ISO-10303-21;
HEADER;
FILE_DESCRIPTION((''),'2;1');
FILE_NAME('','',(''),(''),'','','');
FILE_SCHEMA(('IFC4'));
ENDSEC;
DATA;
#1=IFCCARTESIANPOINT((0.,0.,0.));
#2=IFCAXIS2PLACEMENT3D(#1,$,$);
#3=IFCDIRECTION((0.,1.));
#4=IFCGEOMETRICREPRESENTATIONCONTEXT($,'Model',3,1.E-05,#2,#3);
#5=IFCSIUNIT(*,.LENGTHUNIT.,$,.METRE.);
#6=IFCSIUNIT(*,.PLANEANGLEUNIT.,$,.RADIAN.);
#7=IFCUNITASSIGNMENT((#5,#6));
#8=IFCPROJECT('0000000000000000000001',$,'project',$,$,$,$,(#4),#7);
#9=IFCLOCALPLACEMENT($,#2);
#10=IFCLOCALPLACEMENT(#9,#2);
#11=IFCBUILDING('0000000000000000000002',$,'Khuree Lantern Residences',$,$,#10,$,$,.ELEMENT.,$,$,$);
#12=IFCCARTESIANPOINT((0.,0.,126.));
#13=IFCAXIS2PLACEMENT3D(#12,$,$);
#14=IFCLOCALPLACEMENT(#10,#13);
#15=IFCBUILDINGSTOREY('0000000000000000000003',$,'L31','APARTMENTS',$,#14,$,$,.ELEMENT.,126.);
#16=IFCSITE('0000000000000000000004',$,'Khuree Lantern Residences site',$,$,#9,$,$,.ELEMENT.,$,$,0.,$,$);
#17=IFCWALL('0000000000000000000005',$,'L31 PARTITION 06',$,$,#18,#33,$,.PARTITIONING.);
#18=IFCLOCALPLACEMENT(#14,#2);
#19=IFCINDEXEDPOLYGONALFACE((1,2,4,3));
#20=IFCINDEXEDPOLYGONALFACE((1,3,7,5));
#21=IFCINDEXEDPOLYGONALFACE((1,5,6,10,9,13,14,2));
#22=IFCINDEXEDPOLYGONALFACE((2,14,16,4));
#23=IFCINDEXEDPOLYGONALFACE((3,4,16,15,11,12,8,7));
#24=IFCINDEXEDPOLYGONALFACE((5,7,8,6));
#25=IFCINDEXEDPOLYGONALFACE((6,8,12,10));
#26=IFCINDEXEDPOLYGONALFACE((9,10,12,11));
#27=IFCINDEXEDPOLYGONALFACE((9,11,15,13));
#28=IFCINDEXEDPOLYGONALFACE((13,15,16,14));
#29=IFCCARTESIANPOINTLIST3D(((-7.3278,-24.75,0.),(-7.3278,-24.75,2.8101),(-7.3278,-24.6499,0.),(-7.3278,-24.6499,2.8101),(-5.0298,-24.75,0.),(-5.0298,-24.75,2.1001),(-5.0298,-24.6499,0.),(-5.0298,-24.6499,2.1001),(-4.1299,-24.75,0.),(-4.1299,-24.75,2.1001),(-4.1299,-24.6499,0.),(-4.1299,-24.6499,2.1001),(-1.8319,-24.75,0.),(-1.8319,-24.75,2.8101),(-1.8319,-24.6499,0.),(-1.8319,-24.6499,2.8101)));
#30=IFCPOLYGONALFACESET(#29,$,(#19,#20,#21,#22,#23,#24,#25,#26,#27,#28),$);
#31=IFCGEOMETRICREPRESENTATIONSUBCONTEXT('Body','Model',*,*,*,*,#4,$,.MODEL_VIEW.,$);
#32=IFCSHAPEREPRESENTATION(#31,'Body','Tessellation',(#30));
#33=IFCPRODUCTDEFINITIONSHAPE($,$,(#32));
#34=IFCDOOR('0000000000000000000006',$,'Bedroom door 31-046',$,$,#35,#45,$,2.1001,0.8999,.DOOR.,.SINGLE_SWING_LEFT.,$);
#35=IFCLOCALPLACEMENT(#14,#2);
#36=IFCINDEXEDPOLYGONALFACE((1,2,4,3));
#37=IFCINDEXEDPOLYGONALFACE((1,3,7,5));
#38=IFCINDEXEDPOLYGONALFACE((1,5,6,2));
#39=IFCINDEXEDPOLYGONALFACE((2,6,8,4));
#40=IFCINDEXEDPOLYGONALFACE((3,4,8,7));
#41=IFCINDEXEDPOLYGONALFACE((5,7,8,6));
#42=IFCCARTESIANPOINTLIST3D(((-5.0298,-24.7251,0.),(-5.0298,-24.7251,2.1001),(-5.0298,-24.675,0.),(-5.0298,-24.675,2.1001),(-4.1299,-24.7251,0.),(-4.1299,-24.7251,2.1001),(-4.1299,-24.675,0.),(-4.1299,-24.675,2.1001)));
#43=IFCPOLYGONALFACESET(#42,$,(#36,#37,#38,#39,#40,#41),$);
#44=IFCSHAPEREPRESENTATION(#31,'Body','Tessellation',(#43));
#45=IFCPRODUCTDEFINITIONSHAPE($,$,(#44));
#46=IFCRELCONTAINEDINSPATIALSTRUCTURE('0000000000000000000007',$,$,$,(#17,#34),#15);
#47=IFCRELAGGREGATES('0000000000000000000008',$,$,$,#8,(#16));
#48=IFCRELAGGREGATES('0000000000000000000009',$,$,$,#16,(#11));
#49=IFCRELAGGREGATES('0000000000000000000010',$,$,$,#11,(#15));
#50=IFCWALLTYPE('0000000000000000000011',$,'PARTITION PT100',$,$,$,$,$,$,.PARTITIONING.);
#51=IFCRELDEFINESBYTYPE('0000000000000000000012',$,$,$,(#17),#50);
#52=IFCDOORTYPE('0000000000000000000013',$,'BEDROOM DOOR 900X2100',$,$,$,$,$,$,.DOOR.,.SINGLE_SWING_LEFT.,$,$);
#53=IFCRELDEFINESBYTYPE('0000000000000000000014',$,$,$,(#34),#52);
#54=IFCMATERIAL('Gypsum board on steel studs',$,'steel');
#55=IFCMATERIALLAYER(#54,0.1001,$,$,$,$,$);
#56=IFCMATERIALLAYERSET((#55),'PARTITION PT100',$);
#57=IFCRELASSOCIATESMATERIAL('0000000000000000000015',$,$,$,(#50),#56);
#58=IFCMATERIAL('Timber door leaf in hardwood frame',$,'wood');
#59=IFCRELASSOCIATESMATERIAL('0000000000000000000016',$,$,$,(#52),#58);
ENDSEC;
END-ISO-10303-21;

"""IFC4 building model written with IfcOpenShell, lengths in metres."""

from ifc_helpers import new_model, si_unit, direction, frame, frame_2d, origin, place, context, subcontext, project, spatial, rectangle, extrude, material, layer, layer_set, type_object, element, fill, save


model = new_model("IFC4")

# Units and contexts
model_context = context("Model", 3, precision=1e-05, world=origin(), true_north=direction((0.0, 1.0)))
body_context = subcontext(model_context, "Body", "Model", "MODEL_VIEW")
ifc_project = project(units=[si_unit("LENGTHUNIT", "METRE"), si_unit("PLANEANGLEUNIT", "RADIAN")], contexts=[model_context])

# Site, building, storey
site_placement = place(None, origin())
site = spatial("IfcSite", under=ifc_project, at=site_placement, Name="Khuree Lantern Residences site", CompositionType="ELEMENT", RefElevation=0.0)
building_placement = place(site_placement, origin())
building = spatial("IfcBuilding", under=site, at=building_placement, Name="Khuree Lantern Residences", CompositionType="ELEMENT")
storey_placement = place(building_placement, frame((0.0, 0.0, 126.0)))
storey = spatial("IfcBuildingStorey", under=building, at=storey_placement, Name="L31", Description="APARTMENTS", CompositionType="ELEMENT", Elevation=126.0)

# Shared definitions
ifc_material_1 = material(Name="Gypsum board on steel studs", Category="steel")
ifc_layer_1 = layer(ifc_material_1, 0.1001)
ifc_layer_set_1 = layer_set([ifc_layer_1], Name="PARTITION PT100")
wall_type = type_object("IfcWallType", Name="PARTITION PT100", PredefinedType="PARTITIONING", material=ifc_layer_set_1)

# Shared definitions
ifc_material_2 = material(Name="Timber door leaf in hardwood frame", Category="wood")
door_type_1 = type_object("IfcDoorType", Name="BEDROOM DOOR 900X2100", OperationType="SINGLE_SWING_LEFT", PredefinedType="DOOR", material=ifc_material_2)

# Wall, opening, door
wall_1_placement = place(storey_placement, frame((-7.3279, -24.7, 0.0), z_axis=(0.0, 0.0, 1.0), x_axis=(1.0, 0.0, 0.0)))
wall_1 = element("IfcWall", 1, at=wall_1_placement, inside=storey, type_object=wall_type, Name="L31 PARTITION 06", PredefinedType="PARTITIONING", context=body_context, shape_type="SweptSolid", body=[
    extrude(rectangle(XDim=5.4958, YDim=0.1001, at=frame_2d((2.748, 0.0))), origin(), (0.0, 0.0, 1.0), 2.8101),
])
opening_1_placement = place(wall_1_placement, frame((2.2981, 0.0, 0.0)))
opening_1 = element("IfcOpeningElement", 2, at=opening_1_placement, cuts=wall_1, PredefinedType="OPENING", context=body_context, shape_type="SweptSolid", body=[
    extrude(rectangle(XDim=0.8999, YDim=2.1001, at=frame_2d((0.45, 1.05))), frame((0.0, 0.0601, 0.0), z_axis=(0.0, -1.0, 0.0), x_axis=(1.0, 0.0, 0.0)), (0.0, 0.0, 1.0), 0.1201),
])
door_1_placement = place(opening_1_placement, origin())
door_1 = element("IfcDoor", 3, at=door_1_placement, inside=storey, type_object=door_type_1, Name="Bedroom door 31-046", OperationType="SINGLE_SWING_LEFT", OverallHeight=2.1001, OverallWidth=0.8999, PredefinedType="DOOR", context=body_context, shape_type="SweptSolid", body=[
    extrude(rectangle(XDim=0.8999, YDim=2.1001, at=frame_2d((0.45, 1.05))), frame((0.0, 0.0249, 0.0), z_axis=(0.0, -1.0, 0.0), x_axis=(1.0, 0.0, 0.0)), (0.0, 0.0, 1.0), 0.05),
])
fill(opening_1, door_1)

save(model, "model.ifc")
